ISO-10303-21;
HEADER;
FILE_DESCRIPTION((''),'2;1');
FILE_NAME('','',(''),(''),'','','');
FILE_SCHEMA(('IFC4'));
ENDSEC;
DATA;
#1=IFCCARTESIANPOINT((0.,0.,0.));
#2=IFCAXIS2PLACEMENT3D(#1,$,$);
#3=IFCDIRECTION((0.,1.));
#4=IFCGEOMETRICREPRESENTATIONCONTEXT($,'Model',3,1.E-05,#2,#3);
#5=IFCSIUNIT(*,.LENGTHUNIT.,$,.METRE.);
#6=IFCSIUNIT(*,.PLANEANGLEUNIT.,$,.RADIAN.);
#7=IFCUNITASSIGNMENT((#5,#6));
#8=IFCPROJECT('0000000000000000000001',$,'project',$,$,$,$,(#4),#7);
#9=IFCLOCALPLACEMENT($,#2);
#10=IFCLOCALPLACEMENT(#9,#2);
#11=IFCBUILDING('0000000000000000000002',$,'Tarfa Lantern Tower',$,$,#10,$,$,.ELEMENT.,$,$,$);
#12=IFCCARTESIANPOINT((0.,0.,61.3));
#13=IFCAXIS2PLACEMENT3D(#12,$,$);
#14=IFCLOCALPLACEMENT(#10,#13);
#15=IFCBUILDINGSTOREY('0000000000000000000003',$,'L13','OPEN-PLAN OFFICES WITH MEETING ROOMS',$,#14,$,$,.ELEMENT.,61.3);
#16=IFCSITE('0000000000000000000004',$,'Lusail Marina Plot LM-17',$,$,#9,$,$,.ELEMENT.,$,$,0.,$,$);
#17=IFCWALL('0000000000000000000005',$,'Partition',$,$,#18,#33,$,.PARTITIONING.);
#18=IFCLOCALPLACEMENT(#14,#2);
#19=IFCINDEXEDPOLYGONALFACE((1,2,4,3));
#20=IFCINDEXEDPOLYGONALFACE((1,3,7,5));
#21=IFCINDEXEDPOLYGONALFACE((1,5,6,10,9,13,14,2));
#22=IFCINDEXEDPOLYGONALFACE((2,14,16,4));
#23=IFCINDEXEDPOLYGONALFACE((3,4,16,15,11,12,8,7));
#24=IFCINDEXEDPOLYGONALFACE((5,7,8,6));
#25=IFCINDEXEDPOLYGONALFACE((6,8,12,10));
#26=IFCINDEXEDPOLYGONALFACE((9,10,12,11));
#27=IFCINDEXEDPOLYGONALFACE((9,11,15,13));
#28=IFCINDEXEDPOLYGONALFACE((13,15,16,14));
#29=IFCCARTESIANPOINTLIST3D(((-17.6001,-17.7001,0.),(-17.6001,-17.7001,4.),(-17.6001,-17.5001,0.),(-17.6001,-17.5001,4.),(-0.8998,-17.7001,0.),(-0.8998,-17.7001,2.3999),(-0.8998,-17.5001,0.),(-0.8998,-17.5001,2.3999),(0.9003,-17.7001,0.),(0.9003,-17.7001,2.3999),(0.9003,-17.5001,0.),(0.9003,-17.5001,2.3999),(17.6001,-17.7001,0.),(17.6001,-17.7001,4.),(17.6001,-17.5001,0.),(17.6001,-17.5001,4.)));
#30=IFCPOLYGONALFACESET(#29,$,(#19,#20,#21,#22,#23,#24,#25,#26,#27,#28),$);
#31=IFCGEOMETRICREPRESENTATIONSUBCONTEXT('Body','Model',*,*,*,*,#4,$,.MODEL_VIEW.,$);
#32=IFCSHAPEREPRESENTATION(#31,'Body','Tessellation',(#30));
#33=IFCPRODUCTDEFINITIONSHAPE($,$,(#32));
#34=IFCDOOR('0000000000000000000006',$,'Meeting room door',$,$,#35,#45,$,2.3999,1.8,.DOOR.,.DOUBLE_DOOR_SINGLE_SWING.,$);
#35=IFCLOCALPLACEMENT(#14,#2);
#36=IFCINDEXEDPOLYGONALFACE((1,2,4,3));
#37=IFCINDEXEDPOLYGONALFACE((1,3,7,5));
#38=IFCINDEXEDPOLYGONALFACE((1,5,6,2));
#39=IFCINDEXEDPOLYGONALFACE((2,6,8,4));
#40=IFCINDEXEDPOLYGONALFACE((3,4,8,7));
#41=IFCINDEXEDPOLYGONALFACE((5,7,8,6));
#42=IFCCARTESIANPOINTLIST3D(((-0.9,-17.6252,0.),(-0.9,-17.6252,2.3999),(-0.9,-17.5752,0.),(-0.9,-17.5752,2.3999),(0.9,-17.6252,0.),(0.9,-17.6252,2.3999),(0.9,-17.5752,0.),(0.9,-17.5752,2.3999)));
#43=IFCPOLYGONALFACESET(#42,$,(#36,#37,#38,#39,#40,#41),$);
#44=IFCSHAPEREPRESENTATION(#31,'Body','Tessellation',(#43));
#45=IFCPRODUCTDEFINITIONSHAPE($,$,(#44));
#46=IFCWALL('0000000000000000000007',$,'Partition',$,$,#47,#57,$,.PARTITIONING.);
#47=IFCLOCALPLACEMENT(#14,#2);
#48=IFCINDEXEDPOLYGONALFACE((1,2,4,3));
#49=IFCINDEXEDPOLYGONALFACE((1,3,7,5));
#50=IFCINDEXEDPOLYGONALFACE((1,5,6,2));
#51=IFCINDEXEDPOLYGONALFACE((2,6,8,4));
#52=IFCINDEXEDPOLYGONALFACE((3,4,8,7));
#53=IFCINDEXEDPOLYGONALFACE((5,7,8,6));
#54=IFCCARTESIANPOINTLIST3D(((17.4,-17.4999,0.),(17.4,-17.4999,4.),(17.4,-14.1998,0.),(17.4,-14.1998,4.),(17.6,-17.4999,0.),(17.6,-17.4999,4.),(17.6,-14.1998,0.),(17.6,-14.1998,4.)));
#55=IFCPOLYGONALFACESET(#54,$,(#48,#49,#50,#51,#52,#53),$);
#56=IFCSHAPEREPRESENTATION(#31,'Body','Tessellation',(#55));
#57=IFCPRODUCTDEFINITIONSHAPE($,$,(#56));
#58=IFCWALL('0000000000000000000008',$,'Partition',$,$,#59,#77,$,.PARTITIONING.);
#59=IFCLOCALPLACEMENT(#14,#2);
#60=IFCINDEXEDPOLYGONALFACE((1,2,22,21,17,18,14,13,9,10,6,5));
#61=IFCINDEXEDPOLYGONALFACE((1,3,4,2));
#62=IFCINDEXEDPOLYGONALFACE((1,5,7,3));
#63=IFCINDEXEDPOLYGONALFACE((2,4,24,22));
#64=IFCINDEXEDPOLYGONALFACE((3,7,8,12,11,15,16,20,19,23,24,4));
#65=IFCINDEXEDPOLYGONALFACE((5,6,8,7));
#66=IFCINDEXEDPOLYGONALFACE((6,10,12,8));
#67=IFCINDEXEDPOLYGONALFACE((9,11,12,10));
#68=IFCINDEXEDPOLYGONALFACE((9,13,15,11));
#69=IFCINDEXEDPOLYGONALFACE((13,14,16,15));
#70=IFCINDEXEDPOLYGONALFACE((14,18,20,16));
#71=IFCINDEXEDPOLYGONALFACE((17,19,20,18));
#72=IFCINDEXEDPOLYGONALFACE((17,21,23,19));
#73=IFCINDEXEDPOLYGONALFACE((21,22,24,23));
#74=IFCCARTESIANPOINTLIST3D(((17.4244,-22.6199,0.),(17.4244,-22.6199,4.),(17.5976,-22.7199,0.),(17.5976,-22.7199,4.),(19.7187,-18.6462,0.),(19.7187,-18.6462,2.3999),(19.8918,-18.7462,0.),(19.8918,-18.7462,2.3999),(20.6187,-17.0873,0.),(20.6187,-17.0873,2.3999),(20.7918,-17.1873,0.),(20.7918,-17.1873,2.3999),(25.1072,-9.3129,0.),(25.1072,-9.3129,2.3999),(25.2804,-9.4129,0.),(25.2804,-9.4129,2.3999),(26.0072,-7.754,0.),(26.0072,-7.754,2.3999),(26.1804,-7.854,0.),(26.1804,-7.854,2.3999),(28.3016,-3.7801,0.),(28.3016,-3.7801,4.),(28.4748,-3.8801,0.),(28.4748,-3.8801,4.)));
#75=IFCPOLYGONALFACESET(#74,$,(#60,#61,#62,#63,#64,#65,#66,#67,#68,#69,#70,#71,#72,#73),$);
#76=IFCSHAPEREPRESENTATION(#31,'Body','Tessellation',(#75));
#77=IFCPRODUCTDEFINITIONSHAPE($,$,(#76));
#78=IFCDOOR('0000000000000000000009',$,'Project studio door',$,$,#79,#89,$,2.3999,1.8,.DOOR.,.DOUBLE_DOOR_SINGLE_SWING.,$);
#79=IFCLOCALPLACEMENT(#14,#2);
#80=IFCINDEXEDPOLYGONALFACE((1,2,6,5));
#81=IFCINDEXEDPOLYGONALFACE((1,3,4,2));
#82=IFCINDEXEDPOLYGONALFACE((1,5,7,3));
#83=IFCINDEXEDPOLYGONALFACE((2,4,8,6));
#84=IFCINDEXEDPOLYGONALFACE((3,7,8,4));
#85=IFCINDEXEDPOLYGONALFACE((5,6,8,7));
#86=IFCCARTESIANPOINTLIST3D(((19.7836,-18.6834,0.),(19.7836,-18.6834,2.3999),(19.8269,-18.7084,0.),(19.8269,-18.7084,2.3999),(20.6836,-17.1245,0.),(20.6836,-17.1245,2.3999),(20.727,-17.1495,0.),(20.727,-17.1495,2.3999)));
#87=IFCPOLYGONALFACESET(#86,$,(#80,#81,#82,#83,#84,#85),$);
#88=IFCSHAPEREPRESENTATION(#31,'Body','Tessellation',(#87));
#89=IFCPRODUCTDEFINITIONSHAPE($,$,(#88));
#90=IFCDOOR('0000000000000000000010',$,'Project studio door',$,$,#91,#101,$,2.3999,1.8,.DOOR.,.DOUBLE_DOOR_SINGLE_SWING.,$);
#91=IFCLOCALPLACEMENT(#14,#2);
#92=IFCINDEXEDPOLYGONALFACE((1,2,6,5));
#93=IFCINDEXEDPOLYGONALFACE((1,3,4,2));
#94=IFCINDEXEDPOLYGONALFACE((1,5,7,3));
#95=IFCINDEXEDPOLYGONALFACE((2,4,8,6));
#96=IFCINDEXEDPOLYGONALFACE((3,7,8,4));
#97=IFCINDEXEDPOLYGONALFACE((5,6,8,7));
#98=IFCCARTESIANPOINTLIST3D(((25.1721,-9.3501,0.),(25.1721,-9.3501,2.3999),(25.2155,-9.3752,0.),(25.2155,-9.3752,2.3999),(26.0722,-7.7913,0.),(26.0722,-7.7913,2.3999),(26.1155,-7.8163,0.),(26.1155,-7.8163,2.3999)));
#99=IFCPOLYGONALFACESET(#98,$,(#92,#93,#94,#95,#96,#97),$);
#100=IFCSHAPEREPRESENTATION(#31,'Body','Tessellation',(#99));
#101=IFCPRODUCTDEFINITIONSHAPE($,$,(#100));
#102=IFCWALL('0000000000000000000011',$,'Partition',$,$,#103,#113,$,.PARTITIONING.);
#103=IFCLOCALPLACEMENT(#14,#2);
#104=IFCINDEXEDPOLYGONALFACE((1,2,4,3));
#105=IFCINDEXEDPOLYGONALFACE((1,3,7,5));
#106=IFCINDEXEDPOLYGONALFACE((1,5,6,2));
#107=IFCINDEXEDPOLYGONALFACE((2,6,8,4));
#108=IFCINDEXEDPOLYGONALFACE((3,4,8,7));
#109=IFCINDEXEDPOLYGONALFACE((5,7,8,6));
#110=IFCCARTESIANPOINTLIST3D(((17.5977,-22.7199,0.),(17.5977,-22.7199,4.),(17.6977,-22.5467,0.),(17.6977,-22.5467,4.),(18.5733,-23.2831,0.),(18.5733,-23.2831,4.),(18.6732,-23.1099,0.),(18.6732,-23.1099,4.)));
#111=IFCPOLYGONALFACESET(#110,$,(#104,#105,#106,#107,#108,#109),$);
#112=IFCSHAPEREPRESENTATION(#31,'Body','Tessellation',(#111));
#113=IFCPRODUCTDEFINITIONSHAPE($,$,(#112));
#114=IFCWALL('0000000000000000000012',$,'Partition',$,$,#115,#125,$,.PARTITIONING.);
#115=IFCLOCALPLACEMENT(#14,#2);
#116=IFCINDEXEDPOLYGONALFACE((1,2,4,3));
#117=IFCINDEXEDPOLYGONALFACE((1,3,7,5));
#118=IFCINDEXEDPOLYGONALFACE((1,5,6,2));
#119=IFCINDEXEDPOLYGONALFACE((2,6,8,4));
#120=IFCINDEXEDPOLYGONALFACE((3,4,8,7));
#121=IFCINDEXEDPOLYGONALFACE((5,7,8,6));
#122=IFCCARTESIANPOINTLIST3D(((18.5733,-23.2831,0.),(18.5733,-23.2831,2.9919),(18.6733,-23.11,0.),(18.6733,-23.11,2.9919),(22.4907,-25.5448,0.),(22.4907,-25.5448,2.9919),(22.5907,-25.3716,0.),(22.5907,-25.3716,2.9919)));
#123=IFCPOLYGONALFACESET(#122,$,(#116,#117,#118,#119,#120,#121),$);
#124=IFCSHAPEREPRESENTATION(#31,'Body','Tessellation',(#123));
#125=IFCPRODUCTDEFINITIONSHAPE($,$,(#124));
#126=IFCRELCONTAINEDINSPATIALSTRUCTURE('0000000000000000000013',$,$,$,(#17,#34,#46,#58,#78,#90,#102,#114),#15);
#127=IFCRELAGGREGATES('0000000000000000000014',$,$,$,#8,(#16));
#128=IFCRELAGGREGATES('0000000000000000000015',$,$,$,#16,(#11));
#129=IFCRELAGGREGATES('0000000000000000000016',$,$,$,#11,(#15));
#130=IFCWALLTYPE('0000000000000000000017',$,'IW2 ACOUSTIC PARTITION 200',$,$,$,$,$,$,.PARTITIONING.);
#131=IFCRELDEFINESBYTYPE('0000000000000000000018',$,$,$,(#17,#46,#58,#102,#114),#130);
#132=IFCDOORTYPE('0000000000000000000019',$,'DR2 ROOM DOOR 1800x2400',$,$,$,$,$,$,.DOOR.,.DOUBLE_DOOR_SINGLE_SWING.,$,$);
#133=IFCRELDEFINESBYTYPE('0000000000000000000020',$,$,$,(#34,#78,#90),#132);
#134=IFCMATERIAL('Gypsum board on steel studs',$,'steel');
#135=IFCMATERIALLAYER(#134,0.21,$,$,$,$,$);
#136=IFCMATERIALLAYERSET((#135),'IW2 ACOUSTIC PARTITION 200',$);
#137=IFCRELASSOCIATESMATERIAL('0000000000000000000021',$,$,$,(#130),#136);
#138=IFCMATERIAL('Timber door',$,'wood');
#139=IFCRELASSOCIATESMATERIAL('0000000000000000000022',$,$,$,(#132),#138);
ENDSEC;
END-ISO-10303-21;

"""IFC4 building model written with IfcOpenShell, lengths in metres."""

from ifc_helpers import new_model, si_unit, direction, frame, frame_2d, origin, place, context, subcontext, project, spatial, rectangle, extrude, material, layer, layer_set, type_object, element, fill, save


model = new_model("IFC4")

# Units and contexts
model_context = context("Model", 3, precision=1e-05, world=origin(), true_north=direction((0.0, 1.0)))
body_context = subcontext(model_context, "Body", "Model", "MODEL_VIEW")
ifc_project = project(units=[si_unit("LENGTHUNIT", "METRE"), si_unit("PLANEANGLEUNIT", "RADIAN")], contexts=[model_context])

# Site, building, storey
site_placement = place(None, origin())
site = spatial("IfcSite", under=ifc_project, at=site_placement, Name="Lusail Marina Plot LM-17", CompositionType="ELEMENT", RefElevation=0.0)
building_placement = place(site_placement, origin())
building = spatial("IfcBuilding", under=site, at=building_placement, Name="Tarfa Lantern Tower", CompositionType="ELEMENT")
storey_placement = place(building_placement, frame((0.0, 0.0, 61.3)))
storey = spatial("IfcBuildingStorey", under=building, at=storey_placement, Name="L13", Description="OPEN-PLAN OFFICES WITH MEETING ROOMS", CompositionType="ELEMENT", Elevation=61.3)

# Wall, opening, door
ifc_material_1 = material(Name="Gypsum board on steel studs", Category="steel")
ifc_layer_1 = layer(ifc_material_1, 0.21)
ifc_layer_set_1 = layer_set([ifc_layer_1], Name="IW2 ACOUSTIC PARTITION 200")
wall_type = type_object("IfcWallType", Name="IW2 ACOUSTIC PARTITION 200", PredefinedType="PARTITIONING", material=ifc_layer_set_1)
wall_1_placement = place(storey_placement, frame((17.6001, -17.6001, 0.0), z_axis=(0.0, 0.0, 1.0), x_axis=(-1.0, 0.0, 0.0)))
wall_1 = element("IfcWall", 1, at=wall_1_placement, inside=storey, type_object=wall_type, Name="Partition", PredefinedType="PARTITIONING", context=body_context, shape_type="SweptSolid", body=[
    extrude(rectangle(XDim=35.2002, YDim=0.2, at=frame_2d((17.6001, 0.0))), origin(), (0.0, 0.0, 1.0), 4.0),
])
opening_1_placement = place(wall_1_placement, frame((16.7, 0.0, 0.0)))
opening_1 = element("IfcOpeningElement", 2, at=opening_1_placement, cuts=wall_1, PredefinedType="OPENING", context=body_context, shape_type="SweptSolid", body=[
    extrude(rectangle(XDim=1.8, YDim=2.3999, at=frame_2d((0.8999, 1.2))), frame((0.0, 0.1099, 0.0), z_axis=(0.0, -1.0, 0.0), x_axis=(1.0, 0.0, 0.0)), (0.0, 0.0, 1.0), 0.22),
])
ifc_material_2 = material(Name="Timber door", Category="wood")
door_type = type_object("IfcDoorType", Name="DR2 ROOM DOOR 1800x2400", OperationType="DOUBLE_DOOR_SINGLE_SWING", PredefinedType="DOOR", material=ifc_material_2)
door_1_placement = place(opening_1_placement, frame((1.8, 0.0, 0.0), z_axis=(0.0, 0.0, 1.0), x_axis=(-1.0, 0.0, 0.0)))
door_1 = element("IfcDoor", 3, at=door_1_placement, inside=storey, type_object=door_type, Name="Meeting room door", OperationType="DOUBLE_DOOR_SINGLE_SWING", OverallHeight=2.3999, OverallWidth=1.8, PredefinedType="DOOR", context=body_context, shape_type="SweptSolid", body=[
    extrude(rectangle(XDim=1.8, YDim=2.3999, at=frame_2d((0.8999, 1.2))), frame((0.0, 0.0249, 0.0), z_axis=(0.0, -1.0, 0.0), x_axis=(1.0, 0.0, 0.0)), (0.0, 0.0, 1.0), 0.05),
])
fill(opening_1, door_1)

# Wall
wall_2_placement = place(storey_placement, frame((17.5, -14.2, 0.0), z_axis=(0.0, 0.0, 1.0), x_axis=(0.0, -1.0, 0.0)))
element("IfcWall", 4, at=wall_2_placement, inside=storey, type_object=wall_type, Name="Partition", PredefinedType="PARTITIONING", context=body_context, shape_type="SweptSolid", body=[
    extrude(rectangle(XDim=3.3, YDim=0.2, at=frame_2d((1.6499, 0.0))), origin(), (0.0, 0.0, 1.0), 4.0),
])

# Wall, openings, doors
wall_3_placement = place(storey_placement, frame((17.511, -22.6699, 0.0), z_axis=(0.0, 0.0, 1.0), x_axis=(0.5, 0.866025, 0.0)))
wall_3 = element("IfcWall", 5, at=wall_3_placement, inside=storey, type_object=wall_type, Name="Partition", PredefinedType="PARTITIONING", context=body_context, shape_type="SweptSolid", body=[
    extrude(rectangle(XDim=21.7544, YDim=0.2, at=frame_2d((10.8772, 0.0))), origin(), (0.0, 0.0, 1.0), 4.0),
])
opening_2_placement = place(wall_3_placement, frame((4.5886, 0.0, 0.0)))
opening_2 = element("IfcOpeningElement", 6, at=opening_2_placement, cuts=wall_3, PredefinedType="OPENING", context=body_context, shape_type="SweptSolid", body=[
    extrude(rectangle(XDim=1.8, YDim=2.3999, at=frame_2d((0.8999, 1.2))), frame((0.0, 0.1099, 0.0), z_axis=(0.0, -1.0, 0.0), x_axis=(1.0, 0.0, 0.0)), (0.0, 0.0, 1.0), 0.22),
])
opening_3_placement = place(wall_3_placement, frame((15.3657, 0.0, 0.0)))
opening_3 = element("IfcOpeningElement", 7, at=opening_3_placement, cuts=wall_3, PredefinedType="OPENING", context=body_context, shape_type="SweptSolid", body=[
    extrude(rectangle(XDim=1.8, YDim=2.3999, at=frame_2d((0.8999, 1.2))), frame((0.0, 0.1099, 0.0), z_axis=(0.0, -1.0, 0.0), x_axis=(1.0, 0.0, 0.0)), (0.0, 0.0, 1.0), 0.22),
])
door_2_placement = place(opening_2_placement, frame((1.8, 0.0, 0.0), z_axis=(0.0, 0.0, 1.0), x_axis=(-1.0, 0.0, 0.0)))
door_2 = element("IfcDoor", 8, at=door_2_placement, inside=storey, type_object=door_type, Name="Project studio door", OperationType="DOUBLE_DOOR_SINGLE_SWING", OverallHeight=2.3999, OverallWidth=1.8, PredefinedType="DOOR", context=body_context, shape_type="SweptSolid", body=[
    extrude(rectangle(XDim=1.8, YDim=2.3999, at=frame_2d((0.8999, 1.2))), frame((0.0, 0.0249, 0.0), z_axis=(0.0, -1.0, 0.0), x_axis=(1.0, 0.0, 0.0)), (0.0, 0.0, 1.0), 0.05),
])
fill(opening_2, door_2)
door_3_placement = place(opening_3_placement, frame((1.8, 0.0, 0.0), z_axis=(0.0, 0.0, 1.0), x_axis=(-1.0, 0.0, 0.0)))
door_3 = element("IfcDoor", 9, at=door_3_placement, inside=storey, type_object=door_type, Name="Project studio door", OperationType="DOUBLE_DOOR_SINGLE_SWING", OverallHeight=2.3999, OverallWidth=1.8, PredefinedType="DOOR", context=body_context, shape_type="SweptSolid", body=[
    extrude(rectangle(XDim=1.8, YDim=2.3999, at=frame_2d((0.8999, 1.2))), frame((0.0, 0.0249, 0.0), z_axis=(0.0, -1.0, 0.0), x_axis=(1.0, 0.0, 0.0)), (0.0, 0.0, 1.0), 0.05),
])
fill(opening_3, door_3)

# Walls
wall_4_placement = place(storey_placement, frame((17.6477, -22.6333, 0.0), z_axis=(0.0, 0.0, 1.0), x_axis=(0.866034, -0.499985, 0.0)))
element("IfcWall", 10, at=wall_4_placement, inside=storey, type_object=wall_type, Name="Partition", PredefinedType="PARTITIONING", context=body_context, shape_type="SweptSolid", body=[
    extrude(rectangle(XDim=1.1265, YDim=0.2, at=frame_2d((0.5632, 0.0))), origin(), (0.0, 0.0, 1.0), 4.0),
])
wall_5_placement = place(storey_placement, frame((18.6233, -23.1965, 0.0), z_axis=(0.0, 0.0, 1.0), x_axis=(0.866029, -0.499993, 0.0)))
element("IfcWall", 11, at=wall_5_placement, inside=storey, type_object=wall_type, Name="Partition", PredefinedType="PARTITIONING", context=body_context, shape_type="SweptSolid", body=[
    extrude(rectangle(XDim=4.5234, YDim=0.2, at=frame_2d((2.2617, 0.0))), origin(), (0.0, 0.0, 1.0), 2.9919),
])

save(model, "model.ifc")
